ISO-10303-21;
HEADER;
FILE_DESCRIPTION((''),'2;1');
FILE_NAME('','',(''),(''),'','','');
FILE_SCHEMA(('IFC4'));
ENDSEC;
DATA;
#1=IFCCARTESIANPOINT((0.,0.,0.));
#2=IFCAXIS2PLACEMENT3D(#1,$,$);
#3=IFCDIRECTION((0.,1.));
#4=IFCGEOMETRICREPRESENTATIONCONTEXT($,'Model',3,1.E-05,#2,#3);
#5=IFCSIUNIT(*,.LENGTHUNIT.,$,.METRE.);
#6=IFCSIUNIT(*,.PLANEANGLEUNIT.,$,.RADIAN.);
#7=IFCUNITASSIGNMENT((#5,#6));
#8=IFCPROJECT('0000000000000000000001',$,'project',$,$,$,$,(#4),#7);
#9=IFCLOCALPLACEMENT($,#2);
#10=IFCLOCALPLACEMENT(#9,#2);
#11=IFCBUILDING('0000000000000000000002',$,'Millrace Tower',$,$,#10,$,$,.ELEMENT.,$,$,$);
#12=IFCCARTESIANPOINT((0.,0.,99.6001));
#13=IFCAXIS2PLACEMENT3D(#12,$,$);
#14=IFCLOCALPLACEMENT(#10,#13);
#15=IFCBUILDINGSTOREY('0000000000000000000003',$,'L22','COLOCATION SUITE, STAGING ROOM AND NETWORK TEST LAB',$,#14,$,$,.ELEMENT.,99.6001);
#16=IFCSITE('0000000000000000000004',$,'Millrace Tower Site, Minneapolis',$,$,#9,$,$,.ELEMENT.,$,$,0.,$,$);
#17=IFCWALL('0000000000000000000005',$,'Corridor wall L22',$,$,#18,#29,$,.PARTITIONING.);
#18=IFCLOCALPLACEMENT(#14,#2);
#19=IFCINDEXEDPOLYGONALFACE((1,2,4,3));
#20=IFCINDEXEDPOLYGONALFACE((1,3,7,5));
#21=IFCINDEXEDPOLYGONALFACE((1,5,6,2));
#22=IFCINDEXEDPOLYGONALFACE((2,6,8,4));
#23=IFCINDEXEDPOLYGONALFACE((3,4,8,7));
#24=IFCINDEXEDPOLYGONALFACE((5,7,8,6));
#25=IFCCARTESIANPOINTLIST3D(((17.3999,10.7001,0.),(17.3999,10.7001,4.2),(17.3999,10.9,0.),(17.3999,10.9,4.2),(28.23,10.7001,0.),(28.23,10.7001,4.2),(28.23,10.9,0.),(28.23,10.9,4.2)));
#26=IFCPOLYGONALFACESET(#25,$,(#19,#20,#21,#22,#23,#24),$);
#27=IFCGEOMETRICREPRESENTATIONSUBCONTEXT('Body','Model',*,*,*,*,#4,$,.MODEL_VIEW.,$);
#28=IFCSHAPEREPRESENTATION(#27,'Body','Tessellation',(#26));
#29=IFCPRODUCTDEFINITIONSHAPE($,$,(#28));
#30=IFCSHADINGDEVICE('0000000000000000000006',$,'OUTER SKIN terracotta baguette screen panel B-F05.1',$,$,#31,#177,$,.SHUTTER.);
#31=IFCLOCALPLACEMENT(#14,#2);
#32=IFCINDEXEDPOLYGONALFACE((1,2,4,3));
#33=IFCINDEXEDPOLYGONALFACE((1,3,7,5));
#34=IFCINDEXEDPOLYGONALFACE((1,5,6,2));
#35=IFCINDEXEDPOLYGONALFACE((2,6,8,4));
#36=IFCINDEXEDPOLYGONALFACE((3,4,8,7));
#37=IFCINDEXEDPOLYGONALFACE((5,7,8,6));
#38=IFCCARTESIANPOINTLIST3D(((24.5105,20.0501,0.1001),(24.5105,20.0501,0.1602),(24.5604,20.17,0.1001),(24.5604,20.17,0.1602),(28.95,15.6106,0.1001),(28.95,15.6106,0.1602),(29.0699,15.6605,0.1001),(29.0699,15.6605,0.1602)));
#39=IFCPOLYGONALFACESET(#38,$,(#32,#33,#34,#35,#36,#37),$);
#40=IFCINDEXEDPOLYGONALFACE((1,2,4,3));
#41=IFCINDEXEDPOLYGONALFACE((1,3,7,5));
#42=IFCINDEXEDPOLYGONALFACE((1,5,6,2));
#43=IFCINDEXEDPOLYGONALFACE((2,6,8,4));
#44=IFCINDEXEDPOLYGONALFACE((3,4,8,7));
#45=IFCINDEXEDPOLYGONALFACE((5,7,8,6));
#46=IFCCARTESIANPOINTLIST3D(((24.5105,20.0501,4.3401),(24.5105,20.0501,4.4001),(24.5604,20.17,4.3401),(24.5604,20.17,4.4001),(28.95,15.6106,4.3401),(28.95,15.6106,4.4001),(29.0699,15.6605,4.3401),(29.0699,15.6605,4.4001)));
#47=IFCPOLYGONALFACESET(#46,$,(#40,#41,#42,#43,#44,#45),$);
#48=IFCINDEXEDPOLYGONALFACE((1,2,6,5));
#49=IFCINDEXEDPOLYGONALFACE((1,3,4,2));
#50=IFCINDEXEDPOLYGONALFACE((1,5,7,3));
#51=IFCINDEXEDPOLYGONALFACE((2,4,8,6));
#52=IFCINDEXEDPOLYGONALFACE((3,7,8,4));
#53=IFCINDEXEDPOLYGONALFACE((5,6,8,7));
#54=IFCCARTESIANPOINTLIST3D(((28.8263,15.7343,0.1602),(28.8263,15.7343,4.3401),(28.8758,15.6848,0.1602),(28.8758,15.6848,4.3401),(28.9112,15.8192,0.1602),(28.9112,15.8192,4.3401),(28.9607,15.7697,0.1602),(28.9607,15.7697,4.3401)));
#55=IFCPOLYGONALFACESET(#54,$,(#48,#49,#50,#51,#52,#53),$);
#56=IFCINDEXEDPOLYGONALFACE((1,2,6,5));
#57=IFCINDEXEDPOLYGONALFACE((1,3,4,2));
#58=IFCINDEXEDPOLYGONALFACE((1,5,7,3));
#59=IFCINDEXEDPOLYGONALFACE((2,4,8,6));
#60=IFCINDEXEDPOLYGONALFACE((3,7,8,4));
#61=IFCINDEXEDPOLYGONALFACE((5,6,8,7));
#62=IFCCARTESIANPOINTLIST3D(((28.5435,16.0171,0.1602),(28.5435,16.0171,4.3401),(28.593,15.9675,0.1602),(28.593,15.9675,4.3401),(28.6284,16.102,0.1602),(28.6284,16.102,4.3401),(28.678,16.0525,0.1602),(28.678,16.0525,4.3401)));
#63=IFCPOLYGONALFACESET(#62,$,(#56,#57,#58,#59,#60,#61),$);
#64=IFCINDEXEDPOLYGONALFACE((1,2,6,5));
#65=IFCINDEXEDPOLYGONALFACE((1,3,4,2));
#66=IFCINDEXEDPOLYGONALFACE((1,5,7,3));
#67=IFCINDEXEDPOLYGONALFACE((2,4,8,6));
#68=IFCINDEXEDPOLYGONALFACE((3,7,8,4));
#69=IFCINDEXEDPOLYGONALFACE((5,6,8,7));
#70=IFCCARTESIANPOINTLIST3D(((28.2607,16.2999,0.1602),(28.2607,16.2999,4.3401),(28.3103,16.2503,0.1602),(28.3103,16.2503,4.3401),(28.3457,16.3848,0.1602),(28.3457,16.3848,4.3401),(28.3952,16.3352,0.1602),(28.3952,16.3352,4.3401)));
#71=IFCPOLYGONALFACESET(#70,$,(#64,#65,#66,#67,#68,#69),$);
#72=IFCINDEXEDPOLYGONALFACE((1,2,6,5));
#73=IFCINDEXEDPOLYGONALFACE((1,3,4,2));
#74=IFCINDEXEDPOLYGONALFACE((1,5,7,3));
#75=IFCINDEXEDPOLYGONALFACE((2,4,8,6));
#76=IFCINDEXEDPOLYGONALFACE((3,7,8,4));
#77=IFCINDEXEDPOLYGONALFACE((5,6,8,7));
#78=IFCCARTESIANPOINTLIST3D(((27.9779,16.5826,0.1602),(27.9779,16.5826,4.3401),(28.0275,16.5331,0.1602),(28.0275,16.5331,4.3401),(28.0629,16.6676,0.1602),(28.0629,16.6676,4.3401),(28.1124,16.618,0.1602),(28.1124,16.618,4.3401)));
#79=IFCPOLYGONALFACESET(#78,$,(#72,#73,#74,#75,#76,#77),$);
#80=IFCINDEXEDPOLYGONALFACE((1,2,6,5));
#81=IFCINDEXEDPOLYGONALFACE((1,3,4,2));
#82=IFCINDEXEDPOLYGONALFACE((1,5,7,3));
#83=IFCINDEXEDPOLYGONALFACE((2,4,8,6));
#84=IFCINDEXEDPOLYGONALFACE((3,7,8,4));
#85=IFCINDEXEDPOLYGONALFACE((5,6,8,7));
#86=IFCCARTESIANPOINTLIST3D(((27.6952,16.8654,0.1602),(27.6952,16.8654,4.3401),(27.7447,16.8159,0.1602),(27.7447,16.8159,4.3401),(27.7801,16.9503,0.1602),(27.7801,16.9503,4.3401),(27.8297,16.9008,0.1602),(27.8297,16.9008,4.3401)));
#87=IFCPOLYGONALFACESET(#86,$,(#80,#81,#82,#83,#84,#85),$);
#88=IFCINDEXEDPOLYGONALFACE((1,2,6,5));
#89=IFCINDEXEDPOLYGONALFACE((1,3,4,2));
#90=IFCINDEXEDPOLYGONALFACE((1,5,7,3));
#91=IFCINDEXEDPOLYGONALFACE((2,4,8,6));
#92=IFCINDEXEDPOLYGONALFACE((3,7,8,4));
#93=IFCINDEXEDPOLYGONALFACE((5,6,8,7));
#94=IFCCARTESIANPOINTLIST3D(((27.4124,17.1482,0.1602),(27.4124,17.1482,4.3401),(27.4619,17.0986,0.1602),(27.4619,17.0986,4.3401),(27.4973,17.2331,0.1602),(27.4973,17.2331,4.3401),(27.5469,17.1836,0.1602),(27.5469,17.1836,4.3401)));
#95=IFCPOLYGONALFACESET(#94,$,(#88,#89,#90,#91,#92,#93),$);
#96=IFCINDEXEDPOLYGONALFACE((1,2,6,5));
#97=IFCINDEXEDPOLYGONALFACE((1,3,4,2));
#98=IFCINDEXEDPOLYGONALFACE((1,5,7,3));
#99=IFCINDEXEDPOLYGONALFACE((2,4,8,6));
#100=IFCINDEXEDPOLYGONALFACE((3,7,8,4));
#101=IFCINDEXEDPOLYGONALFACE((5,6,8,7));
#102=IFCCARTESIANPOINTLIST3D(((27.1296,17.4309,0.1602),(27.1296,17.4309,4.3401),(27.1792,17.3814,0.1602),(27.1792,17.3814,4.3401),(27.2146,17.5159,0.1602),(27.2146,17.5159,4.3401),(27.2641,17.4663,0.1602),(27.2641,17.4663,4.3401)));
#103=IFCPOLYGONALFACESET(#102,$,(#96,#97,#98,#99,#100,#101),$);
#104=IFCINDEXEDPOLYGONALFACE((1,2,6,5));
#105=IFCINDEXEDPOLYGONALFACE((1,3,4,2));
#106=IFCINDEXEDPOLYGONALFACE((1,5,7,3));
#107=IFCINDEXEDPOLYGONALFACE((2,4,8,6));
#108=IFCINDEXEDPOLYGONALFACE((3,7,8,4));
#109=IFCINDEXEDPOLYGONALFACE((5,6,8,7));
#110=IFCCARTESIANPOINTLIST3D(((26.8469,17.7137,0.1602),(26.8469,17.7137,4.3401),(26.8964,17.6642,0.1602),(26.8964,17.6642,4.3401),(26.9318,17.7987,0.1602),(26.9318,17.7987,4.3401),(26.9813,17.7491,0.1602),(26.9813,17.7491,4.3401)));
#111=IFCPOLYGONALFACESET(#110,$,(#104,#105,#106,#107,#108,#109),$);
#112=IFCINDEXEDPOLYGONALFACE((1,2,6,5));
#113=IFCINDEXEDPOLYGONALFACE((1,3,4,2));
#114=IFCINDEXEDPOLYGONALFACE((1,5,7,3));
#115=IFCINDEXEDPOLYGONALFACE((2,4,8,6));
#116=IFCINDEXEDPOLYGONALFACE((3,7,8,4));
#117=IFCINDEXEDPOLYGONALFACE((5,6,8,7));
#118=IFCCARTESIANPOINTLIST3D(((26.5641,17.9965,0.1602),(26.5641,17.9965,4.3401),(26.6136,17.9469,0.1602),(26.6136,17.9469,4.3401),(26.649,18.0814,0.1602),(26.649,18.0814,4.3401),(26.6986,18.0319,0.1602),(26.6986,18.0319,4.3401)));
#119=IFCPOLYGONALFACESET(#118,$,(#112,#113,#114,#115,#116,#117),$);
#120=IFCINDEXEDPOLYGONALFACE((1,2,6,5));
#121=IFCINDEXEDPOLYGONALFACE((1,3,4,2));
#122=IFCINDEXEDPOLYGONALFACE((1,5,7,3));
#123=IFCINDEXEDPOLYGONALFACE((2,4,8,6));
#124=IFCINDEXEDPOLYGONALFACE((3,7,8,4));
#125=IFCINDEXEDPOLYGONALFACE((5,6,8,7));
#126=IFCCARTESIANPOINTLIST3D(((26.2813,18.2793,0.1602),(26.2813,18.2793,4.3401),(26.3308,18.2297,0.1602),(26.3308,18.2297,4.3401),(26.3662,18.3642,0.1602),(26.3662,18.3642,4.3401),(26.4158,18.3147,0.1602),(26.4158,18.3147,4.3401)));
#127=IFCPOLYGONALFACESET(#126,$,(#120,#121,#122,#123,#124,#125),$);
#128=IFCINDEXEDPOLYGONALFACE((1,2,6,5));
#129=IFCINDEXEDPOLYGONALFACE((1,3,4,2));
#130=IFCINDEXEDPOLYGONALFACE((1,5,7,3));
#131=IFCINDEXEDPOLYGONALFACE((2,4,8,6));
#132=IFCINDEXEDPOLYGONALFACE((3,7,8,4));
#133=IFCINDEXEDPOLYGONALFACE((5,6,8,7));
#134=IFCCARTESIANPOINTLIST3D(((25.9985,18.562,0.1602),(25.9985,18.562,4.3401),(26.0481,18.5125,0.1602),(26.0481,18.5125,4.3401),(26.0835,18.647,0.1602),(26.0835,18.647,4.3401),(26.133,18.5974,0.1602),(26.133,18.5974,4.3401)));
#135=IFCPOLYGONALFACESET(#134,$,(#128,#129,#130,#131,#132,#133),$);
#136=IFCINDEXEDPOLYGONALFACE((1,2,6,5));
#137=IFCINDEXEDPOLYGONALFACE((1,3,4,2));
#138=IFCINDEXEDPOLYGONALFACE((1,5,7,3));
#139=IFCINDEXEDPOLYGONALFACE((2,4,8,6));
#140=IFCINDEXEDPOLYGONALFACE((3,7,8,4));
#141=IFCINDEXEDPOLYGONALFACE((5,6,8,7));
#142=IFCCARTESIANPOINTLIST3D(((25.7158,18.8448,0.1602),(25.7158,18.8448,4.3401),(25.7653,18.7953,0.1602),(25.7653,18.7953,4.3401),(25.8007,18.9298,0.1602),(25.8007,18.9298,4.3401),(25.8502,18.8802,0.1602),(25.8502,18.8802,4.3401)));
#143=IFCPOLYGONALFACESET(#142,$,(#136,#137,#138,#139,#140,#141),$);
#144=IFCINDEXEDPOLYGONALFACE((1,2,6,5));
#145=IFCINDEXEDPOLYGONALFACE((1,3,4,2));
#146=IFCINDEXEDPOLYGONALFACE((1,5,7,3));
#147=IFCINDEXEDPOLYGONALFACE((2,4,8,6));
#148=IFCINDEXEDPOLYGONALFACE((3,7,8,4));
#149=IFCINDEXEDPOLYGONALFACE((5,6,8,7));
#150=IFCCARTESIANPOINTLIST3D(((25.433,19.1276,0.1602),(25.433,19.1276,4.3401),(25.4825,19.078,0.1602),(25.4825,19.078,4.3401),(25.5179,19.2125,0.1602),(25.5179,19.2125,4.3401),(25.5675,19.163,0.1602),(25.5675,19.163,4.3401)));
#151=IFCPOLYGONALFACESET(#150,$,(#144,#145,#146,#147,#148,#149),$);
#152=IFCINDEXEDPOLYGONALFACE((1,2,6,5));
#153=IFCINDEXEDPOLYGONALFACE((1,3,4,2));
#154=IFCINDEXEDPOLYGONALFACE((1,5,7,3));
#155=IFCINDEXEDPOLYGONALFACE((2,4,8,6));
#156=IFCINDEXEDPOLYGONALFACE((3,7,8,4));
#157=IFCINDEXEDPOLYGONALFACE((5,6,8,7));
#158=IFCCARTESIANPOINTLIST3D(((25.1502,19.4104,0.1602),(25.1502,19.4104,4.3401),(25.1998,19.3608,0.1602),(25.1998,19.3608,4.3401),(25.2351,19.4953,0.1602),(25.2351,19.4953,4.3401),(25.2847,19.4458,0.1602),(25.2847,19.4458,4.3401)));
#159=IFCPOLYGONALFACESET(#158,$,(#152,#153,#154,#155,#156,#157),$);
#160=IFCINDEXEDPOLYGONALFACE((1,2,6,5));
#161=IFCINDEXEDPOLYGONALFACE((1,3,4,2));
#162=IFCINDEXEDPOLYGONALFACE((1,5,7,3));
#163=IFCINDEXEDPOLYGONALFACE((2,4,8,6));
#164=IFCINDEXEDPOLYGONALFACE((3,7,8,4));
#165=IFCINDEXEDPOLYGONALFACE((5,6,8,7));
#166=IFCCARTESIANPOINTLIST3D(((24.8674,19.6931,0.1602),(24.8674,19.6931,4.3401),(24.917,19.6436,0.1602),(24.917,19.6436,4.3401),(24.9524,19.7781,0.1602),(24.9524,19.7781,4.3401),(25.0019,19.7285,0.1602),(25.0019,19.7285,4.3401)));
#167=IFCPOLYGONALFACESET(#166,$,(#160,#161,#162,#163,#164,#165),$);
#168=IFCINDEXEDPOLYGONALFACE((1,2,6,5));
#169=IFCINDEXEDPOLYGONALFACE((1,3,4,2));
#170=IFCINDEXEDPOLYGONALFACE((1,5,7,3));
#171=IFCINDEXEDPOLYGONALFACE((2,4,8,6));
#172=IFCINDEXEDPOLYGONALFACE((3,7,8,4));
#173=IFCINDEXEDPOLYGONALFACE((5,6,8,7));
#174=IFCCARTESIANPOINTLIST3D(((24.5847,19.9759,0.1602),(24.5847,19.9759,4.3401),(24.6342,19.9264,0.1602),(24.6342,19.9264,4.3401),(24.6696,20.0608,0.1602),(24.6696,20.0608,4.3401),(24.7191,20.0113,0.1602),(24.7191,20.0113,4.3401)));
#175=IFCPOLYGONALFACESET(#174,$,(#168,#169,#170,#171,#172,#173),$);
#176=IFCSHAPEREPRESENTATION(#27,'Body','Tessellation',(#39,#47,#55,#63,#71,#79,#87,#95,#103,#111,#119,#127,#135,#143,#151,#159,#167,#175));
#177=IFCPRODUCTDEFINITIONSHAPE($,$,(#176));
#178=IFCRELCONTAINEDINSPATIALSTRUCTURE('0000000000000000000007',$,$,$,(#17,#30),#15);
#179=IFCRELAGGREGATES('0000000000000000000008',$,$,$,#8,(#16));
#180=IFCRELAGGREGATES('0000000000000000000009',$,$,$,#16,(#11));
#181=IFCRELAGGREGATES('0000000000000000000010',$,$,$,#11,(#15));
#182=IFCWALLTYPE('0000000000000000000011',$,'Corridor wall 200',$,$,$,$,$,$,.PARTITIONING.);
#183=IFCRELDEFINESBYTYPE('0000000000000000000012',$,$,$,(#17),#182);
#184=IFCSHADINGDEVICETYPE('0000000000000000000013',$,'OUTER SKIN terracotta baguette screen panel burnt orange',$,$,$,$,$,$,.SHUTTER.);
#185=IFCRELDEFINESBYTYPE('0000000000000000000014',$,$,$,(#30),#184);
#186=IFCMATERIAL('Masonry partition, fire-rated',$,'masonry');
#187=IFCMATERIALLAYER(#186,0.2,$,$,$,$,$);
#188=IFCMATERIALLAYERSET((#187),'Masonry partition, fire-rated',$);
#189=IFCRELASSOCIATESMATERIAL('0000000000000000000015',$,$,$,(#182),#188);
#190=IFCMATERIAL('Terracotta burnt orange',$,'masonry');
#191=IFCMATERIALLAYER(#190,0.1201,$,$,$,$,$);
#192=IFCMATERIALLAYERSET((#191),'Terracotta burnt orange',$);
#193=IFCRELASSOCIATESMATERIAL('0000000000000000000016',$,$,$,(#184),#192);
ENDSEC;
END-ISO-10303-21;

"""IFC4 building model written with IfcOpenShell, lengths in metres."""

from ifc_helpers import new_model, entity, si_unit, direction, frame, frame_2d, origin, place, context, subcontext, project, spatial, rectangle, extrude, source, transform, mapped, material, layer, layer_set, type_object, element, save


model = new_model("IFC4")

# Units and contexts
model_context = context("Model", 3, precision=1e-05, world=origin(), true_north=direction((0.0, 1.0)))
body_context = subcontext(model_context, "Body", "Model", "MODEL_VIEW")
ifc_project = project(units=[si_unit("LENGTHUNIT", "METRE"), si_unit("PLANEANGLEUNIT", "RADIAN")], contexts=[model_context])

# Site, building, storey
site_placement = place(None, origin())
site = spatial("IfcSite", under=ifc_project, at=site_placement, Name="Millrace Tower Site, Minneapolis", CompositionType="ELEMENT", RefElevation=0.0)
building_placement = place(site_placement, origin())
building = spatial("IfcBuilding", under=site, at=building_placement, Name="Millrace Tower", CompositionType="ELEMENT")
storey_placement = place(building_placement, frame((0.0, 0.0, 99.6001)))
storey = spatial("IfcBuildingStorey", under=building, at=storey_placement, Name="L22", Description="COLOCATION SUITE, STAGING ROOM AND NETWORK TEST LAB", CompositionType="ELEMENT", Elevation=99.6001)

# Wall
ifc_material_1 = material(Name="Masonry partition, fire-rated", Category="masonry")
ifc_layer_1 = layer(ifc_material_1, 0.2)
ifc_layer_set_1 = layer_set([ifc_layer_1], Name="Masonry partition, fire-rated")
wall_type = type_object("IfcWallType", Name="Corridor wall 200", PredefinedType="PARTITIONING", material=ifc_layer_set_1)
wall_placement = place(storey_placement, frame((17.3999, 10.8, 0.0), z_axis=(0.0, 0.0, 1.0), x_axis=(1.0, 0.0, 0.0)))
element("IfcWall", 1, at=wall_placement, inside=storey, type_object=wall_type, Name="Corridor wall L22", PredefinedType="PARTITIONING", context=body_context, shape_type="SweptSolid", body=[
    extrude(rectangle(XDim=10.8301, YDim=0.2, at=frame_2d((5.415, 0.0))), origin(), (0.0, 0.0, 1.0), 4.2),
])

# Shading device
ifc_material_2 = material(Name="Terracotta burnt orange", Category="masonry")
ifc_layer_2 = layer(ifc_material_2, 0.1201)
ifc_layer_set_2 = layer_set([ifc_layer_2], Name="Terracotta burnt orange")
shading_device_type = type_object("IfcShadingDeviceType", Name="OUTER SKIN terracotta baguette screen panel burnt orange", PredefinedType="SHUTTER", material=ifc_layer_set_2)
cartesian_point_1 = entity("IfcCartesianPoint", [-3.1392, 0.0601])
shared_polyline_1 = entity("IfcPolyline", [cartesian_point_1, entity("IfcCartesianPoint", [3.1392, 0.0601]), entity("IfcCartesianPoint", [3.1887, -0.0601]), entity("IfcCartesianPoint", [-3.1887, -0.0601]), cartesian_point_1])
shared_shape_1 = source(origin(), body_context, "Body", "SweptSolid", [
    entity("IfcExtrudedAreaSolid", entity("IfcArbitraryClosedProfileDef", "AREA", None, shared_polyline_1), entity("IfcAxis2Placement3D", entity("IfcCartesianPoint", [0.0, 0.0, 0.0])), entity("IfcDirection", [0.0, 0.0, 1.0]), 0.0601),
    entity("IfcExtrudedAreaSolid", entity("IfcArbitraryClosedProfileDef", "AREA", None, shared_polyline_1), entity("IfcAxis2Placement3D", entity("IfcCartesianPoint", [0.0, 0.0, 4.24])), entity("IfcDirection", [0.0, 0.0, 1.0]), 0.0601),
    extrude(rectangle(XDim=0.0701, YDim=0.1201, at=frame_2d((-2.9993, 0.0))), frame((0.0, 0.0, 0.0601)), (0.0, 0.0, 1.0), 4.1799),
    extrude(rectangle(XDim=0.0701, YDim=0.1201, at=frame_2d((-2.5994, 0.0))), frame((0.0, 0.0, 0.0601)), (0.0, 0.0, 1.0), 4.1799),
    extrude(rectangle(XDim=0.0701, YDim=0.1201, at=frame_2d((-2.1995, 0.0))), frame((0.0, 0.0, 0.0601)), (0.0, 0.0, 1.0), 4.1799),
    extrude(rectangle(XDim=0.0701, YDim=0.1201, at=frame_2d((-1.7996, 0.0))), frame((0.0, 0.0, 0.0601)), (0.0, 0.0, 1.0), 4.1799),
    extrude(rectangle(XDim=0.0701, YDim=0.1201, at=frame_2d((-1.3997, 0.0))), frame((0.0, 0.0, 0.0601)), (0.0, 0.0, 1.0), 4.1799),
    extrude(rectangle(XDim=0.0701, YDim=0.1201, at=frame_2d((-0.9998, 0.0))), frame((0.0, 0.0, 0.0601)), (0.0, 0.0, 1.0), 4.1799),
    extrude(rectangle(XDim=0.0701, YDim=0.1201, at=frame_2d((-0.5999, 0.0))), frame((0.0, 0.0, 0.0601)), (0.0, 0.0, 1.0), 4.1799),
    extrude(rectangle(XDim=0.0701, YDim=0.1201, at=frame_2d((-0.2, 0.0))), frame((0.0, 0.0, 0.0601)), (0.0, 0.0, 1.0), 4.1799),
    extrude(rectangle(XDim=0.0701, YDim=0.1201, at=frame_2d((0.2, 0.0))), frame((0.0, 0.0, 0.0601)), (0.0, 0.0, 1.0), 4.1799),
    extrude(rectangle(XDim=0.0701, YDim=0.1201, at=frame_2d((0.5999, 0.0))), frame((0.0, 0.0, 0.0601)), (0.0, 0.0, 1.0), 4.1799),
    extrude(rectangle(XDim=0.0701, YDim=0.1201, at=frame_2d((0.9998, 0.0))), frame((0.0, 0.0, 0.0601)), (0.0, 0.0, 1.0), 4.1799),
    extrude(rectangle(XDim=0.0701, YDim=0.1201, at=frame_2d((1.3997, 0.0))), frame((0.0, 0.0, 0.0601)), (0.0, 0.0, 1.0), 4.1799),
    extrude(rectangle(XDim=0.0701, YDim=0.1201, at=frame_2d((1.7996, 0.0))), frame((0.0, 0.0, 0.0601)), (0.0, 0.0, 1.0), 4.1799),
    extrude(rectangle(XDim=0.0701, YDim=0.1201, at=frame_2d((2.1995, 0.0))), frame((0.0, 0.0, 0.0601)), (0.0, 0.0, 1.0), 4.1799),
    extrude(rectangle(XDim=0.0701, YDim=0.1201, at=frame_2d((2.5994, 0.0))), frame((0.0, 0.0, 0.0601)), (0.0, 0.0, 1.0), 4.1799),
    extrude(rectangle(XDim=0.0701, YDim=0.1201, at=frame_2d((2.9993, 0.0))), frame((0.0, 0.0, 0.0601)), (0.0, 0.0, 1.0), 4.1799),
])
shading_device_1_placement = place(storey_placement, frame((26.7727, 17.8728, 0.1001), z_axis=(0.0, 0.0, 1.0), x_axis=(-0.707107, 0.707107, 0.0)))
element("IfcShadingDevice", 2, at=shading_device_1_placement, inside=storey, type_object=shading_device_type, Name="OUTER SKIN terracotta baguette screen panel B-F05.1", PredefinedType="SHUTTER", context=body_context, shape_type="MappedRepresentation", body=[
    mapped(shared_shape_1, transform((0.0, 0.0, 0.0), scale=1.0)),
])

save(model, "model.ifc")
